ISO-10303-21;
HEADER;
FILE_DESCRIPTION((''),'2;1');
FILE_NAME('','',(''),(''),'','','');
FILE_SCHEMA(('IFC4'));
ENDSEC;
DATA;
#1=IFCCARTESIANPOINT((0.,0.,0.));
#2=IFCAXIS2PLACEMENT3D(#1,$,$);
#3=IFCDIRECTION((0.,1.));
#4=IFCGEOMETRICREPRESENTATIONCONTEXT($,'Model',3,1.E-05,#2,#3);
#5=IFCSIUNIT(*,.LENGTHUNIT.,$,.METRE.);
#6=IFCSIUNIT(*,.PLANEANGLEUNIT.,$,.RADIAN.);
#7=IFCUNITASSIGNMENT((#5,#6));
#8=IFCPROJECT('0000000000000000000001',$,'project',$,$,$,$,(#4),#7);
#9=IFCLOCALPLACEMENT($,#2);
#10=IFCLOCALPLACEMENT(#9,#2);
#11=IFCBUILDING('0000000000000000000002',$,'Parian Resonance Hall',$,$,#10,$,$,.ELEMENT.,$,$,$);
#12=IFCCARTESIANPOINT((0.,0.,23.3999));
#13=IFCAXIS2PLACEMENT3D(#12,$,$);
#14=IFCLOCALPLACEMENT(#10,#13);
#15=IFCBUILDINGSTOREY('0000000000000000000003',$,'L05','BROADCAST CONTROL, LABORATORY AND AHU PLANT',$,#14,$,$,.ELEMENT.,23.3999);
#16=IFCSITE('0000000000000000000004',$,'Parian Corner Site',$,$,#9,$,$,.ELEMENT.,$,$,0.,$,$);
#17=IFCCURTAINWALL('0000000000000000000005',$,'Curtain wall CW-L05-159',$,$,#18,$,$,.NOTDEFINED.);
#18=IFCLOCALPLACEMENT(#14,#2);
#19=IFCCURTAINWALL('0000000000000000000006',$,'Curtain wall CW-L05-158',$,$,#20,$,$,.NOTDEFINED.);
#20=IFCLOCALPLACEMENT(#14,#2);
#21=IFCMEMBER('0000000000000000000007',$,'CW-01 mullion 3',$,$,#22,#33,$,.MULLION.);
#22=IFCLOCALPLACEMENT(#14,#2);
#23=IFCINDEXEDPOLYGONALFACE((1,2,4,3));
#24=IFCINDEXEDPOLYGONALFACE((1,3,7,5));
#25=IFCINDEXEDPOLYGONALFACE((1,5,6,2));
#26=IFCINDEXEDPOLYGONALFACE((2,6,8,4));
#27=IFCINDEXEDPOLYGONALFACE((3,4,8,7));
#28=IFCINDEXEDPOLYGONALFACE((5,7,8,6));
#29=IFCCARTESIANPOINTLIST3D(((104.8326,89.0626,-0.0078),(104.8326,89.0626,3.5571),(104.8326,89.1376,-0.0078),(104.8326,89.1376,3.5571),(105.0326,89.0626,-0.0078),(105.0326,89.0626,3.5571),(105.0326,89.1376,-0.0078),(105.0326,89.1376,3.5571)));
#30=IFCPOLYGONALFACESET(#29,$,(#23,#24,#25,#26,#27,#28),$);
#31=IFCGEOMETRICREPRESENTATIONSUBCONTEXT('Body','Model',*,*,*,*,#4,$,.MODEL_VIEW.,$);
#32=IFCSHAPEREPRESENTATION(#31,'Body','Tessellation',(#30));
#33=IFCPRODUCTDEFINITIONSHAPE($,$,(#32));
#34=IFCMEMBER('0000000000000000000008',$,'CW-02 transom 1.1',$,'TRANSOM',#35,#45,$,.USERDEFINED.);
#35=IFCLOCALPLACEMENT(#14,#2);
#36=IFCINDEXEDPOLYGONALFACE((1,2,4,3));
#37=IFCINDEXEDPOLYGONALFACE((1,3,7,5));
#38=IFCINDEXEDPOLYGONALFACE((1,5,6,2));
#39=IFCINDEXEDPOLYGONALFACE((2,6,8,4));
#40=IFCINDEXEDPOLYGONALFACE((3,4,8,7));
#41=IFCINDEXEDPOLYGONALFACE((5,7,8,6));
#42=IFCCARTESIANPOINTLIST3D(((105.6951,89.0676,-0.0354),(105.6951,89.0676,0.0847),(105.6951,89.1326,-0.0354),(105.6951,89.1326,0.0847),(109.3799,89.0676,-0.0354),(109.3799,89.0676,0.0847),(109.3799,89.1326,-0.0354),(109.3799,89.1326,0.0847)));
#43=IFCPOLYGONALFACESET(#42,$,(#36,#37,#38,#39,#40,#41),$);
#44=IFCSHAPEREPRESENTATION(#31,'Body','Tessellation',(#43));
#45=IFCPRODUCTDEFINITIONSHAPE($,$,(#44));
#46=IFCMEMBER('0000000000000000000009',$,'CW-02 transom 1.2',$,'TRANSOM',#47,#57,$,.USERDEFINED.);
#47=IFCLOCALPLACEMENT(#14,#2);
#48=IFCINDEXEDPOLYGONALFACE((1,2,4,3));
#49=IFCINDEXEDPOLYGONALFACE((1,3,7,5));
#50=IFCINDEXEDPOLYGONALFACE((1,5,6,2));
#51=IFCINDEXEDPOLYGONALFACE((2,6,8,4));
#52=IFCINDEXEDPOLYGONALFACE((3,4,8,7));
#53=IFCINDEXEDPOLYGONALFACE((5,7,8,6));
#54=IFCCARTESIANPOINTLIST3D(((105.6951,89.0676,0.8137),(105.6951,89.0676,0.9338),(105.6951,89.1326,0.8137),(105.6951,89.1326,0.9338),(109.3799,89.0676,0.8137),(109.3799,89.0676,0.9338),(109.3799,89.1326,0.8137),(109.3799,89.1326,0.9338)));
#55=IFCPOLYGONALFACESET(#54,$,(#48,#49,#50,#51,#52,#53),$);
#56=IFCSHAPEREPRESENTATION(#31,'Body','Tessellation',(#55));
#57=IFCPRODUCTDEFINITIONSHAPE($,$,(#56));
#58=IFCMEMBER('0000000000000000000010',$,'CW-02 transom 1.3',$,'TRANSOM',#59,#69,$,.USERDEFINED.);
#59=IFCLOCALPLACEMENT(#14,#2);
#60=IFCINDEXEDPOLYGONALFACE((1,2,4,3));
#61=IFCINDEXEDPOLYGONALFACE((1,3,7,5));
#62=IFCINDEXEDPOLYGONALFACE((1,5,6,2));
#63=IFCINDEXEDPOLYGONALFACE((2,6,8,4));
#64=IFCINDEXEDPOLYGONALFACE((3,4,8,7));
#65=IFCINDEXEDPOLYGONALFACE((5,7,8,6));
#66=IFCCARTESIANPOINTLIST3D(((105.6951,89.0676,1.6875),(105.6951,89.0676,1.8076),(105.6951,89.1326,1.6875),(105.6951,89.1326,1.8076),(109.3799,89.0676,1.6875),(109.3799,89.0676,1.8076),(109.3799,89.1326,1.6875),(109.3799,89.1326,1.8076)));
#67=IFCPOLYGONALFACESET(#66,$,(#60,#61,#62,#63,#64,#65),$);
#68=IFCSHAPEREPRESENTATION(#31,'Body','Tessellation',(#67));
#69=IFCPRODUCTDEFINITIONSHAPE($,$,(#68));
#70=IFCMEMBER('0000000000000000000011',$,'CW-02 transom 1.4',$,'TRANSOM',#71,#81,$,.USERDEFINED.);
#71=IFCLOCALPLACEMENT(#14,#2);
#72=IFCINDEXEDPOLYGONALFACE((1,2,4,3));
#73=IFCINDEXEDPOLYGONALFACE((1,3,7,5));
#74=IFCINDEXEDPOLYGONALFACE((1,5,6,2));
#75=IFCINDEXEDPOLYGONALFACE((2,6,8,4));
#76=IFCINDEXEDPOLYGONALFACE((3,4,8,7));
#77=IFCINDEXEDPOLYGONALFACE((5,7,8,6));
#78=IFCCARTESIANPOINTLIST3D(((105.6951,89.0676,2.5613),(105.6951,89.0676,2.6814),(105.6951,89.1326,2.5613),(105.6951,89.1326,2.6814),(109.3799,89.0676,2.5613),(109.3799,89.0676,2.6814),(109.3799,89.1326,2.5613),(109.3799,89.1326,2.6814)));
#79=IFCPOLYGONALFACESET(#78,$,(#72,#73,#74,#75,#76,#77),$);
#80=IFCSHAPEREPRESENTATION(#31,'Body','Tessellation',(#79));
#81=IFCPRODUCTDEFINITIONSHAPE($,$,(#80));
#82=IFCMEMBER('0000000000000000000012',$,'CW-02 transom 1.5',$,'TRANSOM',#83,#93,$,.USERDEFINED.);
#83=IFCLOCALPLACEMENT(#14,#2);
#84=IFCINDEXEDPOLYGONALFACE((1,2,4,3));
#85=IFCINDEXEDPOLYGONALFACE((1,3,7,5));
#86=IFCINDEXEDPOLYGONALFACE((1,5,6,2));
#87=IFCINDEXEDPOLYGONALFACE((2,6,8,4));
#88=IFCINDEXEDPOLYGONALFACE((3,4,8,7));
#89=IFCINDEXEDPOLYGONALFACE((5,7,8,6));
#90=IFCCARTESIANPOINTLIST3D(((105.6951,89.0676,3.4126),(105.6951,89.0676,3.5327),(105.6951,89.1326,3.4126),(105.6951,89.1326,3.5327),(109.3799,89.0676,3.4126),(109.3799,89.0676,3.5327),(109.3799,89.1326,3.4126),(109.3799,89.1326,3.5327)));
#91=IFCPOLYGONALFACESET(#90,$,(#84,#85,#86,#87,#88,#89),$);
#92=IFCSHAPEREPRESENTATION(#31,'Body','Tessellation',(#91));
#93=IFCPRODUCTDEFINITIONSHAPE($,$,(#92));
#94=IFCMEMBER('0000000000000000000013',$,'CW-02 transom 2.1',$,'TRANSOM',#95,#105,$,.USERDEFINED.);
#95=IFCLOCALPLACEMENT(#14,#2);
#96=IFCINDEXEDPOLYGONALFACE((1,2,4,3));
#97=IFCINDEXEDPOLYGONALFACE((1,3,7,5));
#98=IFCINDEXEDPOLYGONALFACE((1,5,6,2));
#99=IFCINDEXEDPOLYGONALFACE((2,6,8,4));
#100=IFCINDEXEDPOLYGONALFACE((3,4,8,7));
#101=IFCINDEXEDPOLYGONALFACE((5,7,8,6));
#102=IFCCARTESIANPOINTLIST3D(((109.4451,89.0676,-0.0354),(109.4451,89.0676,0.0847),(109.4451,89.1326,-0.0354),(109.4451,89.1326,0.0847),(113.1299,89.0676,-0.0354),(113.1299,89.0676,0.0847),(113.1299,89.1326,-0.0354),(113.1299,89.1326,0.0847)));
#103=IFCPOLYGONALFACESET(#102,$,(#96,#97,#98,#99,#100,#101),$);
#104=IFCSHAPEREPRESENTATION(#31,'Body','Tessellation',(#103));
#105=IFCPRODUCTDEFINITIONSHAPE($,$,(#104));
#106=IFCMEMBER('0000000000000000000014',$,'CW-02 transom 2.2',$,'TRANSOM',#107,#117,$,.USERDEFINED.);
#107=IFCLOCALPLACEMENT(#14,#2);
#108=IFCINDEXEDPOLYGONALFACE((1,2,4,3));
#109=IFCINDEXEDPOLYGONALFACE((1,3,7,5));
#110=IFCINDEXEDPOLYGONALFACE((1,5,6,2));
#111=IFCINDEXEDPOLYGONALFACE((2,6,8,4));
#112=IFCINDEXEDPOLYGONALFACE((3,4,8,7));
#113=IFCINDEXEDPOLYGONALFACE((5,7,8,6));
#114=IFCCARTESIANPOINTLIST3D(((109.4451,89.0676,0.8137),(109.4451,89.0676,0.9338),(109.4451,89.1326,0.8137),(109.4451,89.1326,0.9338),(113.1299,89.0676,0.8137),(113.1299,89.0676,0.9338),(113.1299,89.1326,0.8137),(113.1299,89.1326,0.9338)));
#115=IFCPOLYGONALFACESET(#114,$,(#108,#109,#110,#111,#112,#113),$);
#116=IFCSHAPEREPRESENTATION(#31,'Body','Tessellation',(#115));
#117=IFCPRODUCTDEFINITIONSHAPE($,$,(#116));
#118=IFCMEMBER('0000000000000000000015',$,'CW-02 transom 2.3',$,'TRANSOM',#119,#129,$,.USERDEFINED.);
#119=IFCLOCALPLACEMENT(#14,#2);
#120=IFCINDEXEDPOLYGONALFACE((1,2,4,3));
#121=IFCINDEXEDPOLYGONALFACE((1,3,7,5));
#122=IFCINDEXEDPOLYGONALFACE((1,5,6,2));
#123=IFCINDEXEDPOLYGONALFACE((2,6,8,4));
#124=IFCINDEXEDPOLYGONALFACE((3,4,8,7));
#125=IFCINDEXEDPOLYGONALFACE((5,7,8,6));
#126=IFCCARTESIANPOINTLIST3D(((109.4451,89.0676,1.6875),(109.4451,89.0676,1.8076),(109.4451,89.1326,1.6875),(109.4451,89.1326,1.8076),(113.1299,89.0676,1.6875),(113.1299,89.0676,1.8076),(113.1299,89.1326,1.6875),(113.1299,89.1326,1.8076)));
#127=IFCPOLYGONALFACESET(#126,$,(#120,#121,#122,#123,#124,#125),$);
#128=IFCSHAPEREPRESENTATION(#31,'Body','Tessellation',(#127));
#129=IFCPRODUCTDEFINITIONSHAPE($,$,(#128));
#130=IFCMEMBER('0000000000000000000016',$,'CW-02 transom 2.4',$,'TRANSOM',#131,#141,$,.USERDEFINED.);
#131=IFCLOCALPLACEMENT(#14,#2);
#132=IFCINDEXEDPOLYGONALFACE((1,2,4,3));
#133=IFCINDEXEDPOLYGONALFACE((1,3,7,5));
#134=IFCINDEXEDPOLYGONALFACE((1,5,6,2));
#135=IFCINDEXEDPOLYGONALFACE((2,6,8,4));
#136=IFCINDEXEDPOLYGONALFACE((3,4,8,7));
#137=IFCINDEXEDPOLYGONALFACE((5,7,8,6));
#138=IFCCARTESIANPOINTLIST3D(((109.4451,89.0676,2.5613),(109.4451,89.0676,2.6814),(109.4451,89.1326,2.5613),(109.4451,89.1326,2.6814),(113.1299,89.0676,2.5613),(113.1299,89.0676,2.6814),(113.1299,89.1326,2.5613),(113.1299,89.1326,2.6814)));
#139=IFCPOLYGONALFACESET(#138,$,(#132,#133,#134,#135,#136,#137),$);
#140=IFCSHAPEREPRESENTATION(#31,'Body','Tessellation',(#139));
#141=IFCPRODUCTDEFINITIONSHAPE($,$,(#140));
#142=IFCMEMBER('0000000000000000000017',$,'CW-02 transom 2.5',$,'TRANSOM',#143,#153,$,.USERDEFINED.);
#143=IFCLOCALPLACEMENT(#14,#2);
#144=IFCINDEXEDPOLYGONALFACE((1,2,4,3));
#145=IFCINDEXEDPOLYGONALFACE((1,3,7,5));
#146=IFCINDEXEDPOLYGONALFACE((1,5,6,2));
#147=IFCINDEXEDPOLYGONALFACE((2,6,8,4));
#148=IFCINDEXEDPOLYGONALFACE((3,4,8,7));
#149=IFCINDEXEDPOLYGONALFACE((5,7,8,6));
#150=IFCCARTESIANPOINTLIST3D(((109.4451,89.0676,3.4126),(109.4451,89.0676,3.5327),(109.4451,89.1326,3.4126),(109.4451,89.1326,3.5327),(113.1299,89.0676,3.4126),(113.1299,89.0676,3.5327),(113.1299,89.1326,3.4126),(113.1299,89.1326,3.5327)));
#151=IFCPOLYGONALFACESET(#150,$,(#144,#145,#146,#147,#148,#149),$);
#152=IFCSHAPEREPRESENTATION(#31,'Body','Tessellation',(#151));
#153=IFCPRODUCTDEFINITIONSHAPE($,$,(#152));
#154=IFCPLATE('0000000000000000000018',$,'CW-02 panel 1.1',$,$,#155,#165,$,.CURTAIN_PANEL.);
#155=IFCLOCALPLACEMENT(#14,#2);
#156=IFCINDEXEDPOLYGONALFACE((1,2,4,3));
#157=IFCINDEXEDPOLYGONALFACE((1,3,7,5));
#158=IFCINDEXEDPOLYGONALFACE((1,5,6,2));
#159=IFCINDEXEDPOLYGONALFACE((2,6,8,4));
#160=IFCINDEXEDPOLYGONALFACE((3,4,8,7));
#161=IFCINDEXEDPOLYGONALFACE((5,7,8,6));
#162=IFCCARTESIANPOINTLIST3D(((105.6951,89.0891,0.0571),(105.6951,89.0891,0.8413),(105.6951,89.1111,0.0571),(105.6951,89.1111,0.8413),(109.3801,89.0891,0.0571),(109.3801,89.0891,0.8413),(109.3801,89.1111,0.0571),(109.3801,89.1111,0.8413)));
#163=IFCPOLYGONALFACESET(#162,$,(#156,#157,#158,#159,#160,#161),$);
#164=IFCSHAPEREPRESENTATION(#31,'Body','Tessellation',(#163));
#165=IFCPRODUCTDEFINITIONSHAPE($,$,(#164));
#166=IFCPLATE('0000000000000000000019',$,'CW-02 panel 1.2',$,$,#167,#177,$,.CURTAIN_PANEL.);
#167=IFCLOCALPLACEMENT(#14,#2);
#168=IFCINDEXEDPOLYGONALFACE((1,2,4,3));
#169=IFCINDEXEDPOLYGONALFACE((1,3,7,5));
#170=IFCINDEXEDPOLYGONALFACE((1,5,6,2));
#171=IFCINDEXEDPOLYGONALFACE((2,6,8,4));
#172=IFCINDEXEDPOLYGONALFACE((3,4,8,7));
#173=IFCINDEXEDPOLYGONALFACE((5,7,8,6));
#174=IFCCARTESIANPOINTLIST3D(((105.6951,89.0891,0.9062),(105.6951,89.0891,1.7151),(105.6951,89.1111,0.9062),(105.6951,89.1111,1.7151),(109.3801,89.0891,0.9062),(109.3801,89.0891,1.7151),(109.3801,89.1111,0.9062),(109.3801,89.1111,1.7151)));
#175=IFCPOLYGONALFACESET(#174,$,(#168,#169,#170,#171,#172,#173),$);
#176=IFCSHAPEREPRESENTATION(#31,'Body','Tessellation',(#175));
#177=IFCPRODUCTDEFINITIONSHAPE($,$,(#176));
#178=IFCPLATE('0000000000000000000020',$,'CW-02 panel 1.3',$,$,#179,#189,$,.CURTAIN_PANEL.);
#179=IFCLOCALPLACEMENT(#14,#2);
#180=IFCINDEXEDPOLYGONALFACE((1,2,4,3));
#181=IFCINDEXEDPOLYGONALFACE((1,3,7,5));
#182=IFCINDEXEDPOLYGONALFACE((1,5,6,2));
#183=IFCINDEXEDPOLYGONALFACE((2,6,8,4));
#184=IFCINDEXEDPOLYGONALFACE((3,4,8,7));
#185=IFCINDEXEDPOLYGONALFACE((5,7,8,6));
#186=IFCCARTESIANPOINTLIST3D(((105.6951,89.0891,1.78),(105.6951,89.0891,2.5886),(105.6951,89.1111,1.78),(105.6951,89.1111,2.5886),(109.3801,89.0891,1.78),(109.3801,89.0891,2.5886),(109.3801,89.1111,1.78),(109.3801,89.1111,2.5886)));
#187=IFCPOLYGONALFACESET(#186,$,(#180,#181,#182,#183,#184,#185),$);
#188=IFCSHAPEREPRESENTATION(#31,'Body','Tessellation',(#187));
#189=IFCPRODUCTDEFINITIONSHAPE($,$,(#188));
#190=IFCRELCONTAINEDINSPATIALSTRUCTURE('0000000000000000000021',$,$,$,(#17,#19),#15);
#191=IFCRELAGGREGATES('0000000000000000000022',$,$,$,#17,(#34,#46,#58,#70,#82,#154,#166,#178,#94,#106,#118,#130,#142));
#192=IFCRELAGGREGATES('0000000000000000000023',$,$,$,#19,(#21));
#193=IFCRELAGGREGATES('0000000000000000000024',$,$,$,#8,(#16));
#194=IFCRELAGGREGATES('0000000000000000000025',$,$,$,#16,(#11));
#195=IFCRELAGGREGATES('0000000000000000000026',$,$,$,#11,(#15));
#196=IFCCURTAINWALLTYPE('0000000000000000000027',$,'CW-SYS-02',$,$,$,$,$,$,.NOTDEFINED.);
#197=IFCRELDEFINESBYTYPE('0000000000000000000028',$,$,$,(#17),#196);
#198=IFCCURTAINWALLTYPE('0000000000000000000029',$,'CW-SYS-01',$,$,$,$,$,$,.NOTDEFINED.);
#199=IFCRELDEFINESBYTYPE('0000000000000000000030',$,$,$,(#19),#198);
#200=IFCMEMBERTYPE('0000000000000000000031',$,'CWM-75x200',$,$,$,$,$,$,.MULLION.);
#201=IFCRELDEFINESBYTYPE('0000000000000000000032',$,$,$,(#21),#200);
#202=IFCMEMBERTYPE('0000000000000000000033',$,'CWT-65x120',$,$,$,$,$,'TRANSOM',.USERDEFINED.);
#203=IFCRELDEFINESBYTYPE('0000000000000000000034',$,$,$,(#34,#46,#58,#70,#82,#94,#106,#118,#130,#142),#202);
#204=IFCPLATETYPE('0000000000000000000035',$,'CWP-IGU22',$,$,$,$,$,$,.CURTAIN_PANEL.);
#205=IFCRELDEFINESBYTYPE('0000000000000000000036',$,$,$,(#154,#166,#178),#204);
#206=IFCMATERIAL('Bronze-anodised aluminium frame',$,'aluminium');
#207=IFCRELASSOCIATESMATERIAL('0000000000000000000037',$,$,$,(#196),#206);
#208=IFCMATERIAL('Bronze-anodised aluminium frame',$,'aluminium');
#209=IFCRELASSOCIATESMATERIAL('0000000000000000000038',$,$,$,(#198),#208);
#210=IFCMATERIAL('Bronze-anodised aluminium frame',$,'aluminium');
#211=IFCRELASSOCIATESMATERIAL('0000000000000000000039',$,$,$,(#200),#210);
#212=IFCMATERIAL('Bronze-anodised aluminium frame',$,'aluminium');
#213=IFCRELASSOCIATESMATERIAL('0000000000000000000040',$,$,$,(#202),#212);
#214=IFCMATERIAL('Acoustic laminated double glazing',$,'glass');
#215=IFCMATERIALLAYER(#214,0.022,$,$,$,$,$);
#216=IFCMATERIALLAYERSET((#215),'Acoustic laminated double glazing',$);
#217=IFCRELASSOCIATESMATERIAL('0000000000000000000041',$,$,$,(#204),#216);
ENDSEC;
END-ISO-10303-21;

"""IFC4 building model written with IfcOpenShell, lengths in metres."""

from ifc_helpers import new_model, si_unit, direction, frame, origin, origin_2d, place, context, subcontext, project, spatial, rectangle, extrude, material, layer, layer_set, material_profile, profile_set, type_object, element, aggregate, save


model = new_model("IFC4")

# Units and contexts
model_context = context("Model", 3, precision=1e-05, world=origin(), true_north=direction((0.0, 1.0)))
body_context = subcontext(model_context, "Body", "Model", "MODEL_VIEW")
ifc_project = project(units=[si_unit("LENGTHUNIT", "METRE"), si_unit("PLANEANGLEUNIT", "RADIAN")], contexts=[model_context])

# Site, building, storey
site_placement = place(None, origin())
site = spatial("IfcSite", under=ifc_project, at=site_placement, Name="Parian Corner Site", CompositionType="ELEMENT", RefElevation=0.0)
building_placement = place(site_placement, origin())
building = spatial("IfcBuilding", under=site, at=building_placement, Name="Parian Resonance Hall", CompositionType="ELEMENT")
storey_placement = place(building_placement, frame((0.0, 0.0, 23.3999)))
storey = spatial("IfcBuildingStorey", under=building, at=storey_placement, Name="L05", Description="BROADCAST CONTROL, LABORATORY AND AHU PLANT", CompositionType="ELEMENT", Elevation=23.3999)

# Curtain wall
ifc_material_1 = material(Name="Bronze-anodised aluminium frame", Category="aluminium")
curtain_wall_type_1 = type_object("IfcCurtainWallType", Name="CW-SYS-02", PredefinedType="NOTDEFINED", material=ifc_material_1)
curtain_wall_1_placement = place(storey_placement, origin())
curtain_wall_1 = element("IfcCurtainWall", 1, at=curtain_wall_1_placement, inside=storey, type_object=curtain_wall_type_1, Name="Curtain wall CW-L05-159", PredefinedType="NOTDEFINED")

# Curtain wall, member
ifc_material_2 = material(Name="Bronze-anodised aluminium frame", Category="aluminium")
curtain_wall_type_2 = type_object("IfcCurtainWallType", Name="CW-SYS-01", PredefinedType="NOTDEFINED", material=ifc_material_2)
curtain_wall_2_placement = place(storey_placement, origin())
curtain_wall_2 = element("IfcCurtainWall", 2, at=curtain_wall_2_placement, inside=storey, type_object=curtain_wall_type_2, Name="Curtain wall CW-L05-158", PredefinedType="NOTDEFINED")
ifc_material_3 = material(Name="Bronze-anodised aluminium frame", Category="aluminium")
ifc_material_profile_1 = material_profile(ifc_material_3, rectangle(XDim=0.075, YDim=0.2, at=origin_2d()), Name="CWM-75x200")
ifc_profile_set_1 = profile_set([ifc_material_profile_1], Name="Bronze-anodised aluminium frame")
member_type_1 = type_object("IfcMemberType", Name="CWM-75x200", PredefinedType="MULLION", material=ifc_profile_set_1)
member_1_placement = place(storey_placement, frame((104.9326, 89.1001, -0.0078), z_axis=(0.0, 0.0, 1.0), x_axis=(0.0, 1.0, 0.0)))
member_1 = element("IfcMember", 3, at=member_1_placement, type_object=member_type_1, Name="CW-01 mullion 3", PredefinedType="MULLION", context=body_context, shape_type="SweptSolid", body=[
    extrude(rectangle(XDim=0.075, YDim=0.2, at=origin_2d()), origin(), (0.0, 0.0, 1.0), 3.5649),
])

# Members
ifc_material_4 = material(Name="Bronze-anodised aluminium frame", Category="aluminium")
ifc_material_profile_2 = material_profile(ifc_material_4, rectangle(XDim=0.0649, YDim=0.1201, at=origin_2d()), Name="CWT-65x120")
ifc_profile_set_2 = profile_set([ifc_material_profile_2], Name="Bronze-anodised aluminium frame")
member_type_2 = type_object("IfcMemberType", Name="CWT-65x120", ElementType="TRANSOM", PredefinedType="USERDEFINED", material=ifc_profile_set_2)
member_2_placement = place(storey_placement, frame((105.6951, 89.1001, 0.0247), z_axis=(1.0, 0.0, 0.0), x_axis=(0.0, 1.0, 0.0)))
member_2 = element("IfcMember", 4, at=member_2_placement, type_object=member_type_2, Name="CW-02 transom 1.1", ObjectType="TRANSOM", PredefinedType="USERDEFINED", context=body_context, shape_type="SweptSolid", body=[
    extrude(rectangle(XDim=0.0649, YDim=0.1201, at=origin_2d()), origin(), (0.0, 0.0, 1.0), 3.6848),
])
member_3_placement = place(storey_placement, frame((105.6951, 89.1001, 0.8738), z_axis=(1.0, 0.0, 0.0), x_axis=(0.0, 1.0, 0.0)))
member_3 = element("IfcMember", 5, at=member_3_placement, type_object=member_type_2, Name="CW-02 transom 1.2", ObjectType="TRANSOM", PredefinedType="USERDEFINED", context=body_context, shape_type="SweptSolid", body=[
    extrude(rectangle(XDim=0.0649, YDim=0.1201, at=origin_2d()), origin(), (0.0, 0.0, 1.0), 3.6848),
])
member_4_placement = place(storey_placement, frame((105.6951, 89.1001, 1.7476), z_axis=(1.0, 0.0, 0.0), x_axis=(0.0, 1.0, 0.0)))
member_4 = element("IfcMember", 6, at=member_4_placement, type_object=member_type_2, Name="CW-02 transom 1.3", ObjectType="TRANSOM", PredefinedType="USERDEFINED", context=body_context, shape_type="SweptSolid", body=[
    extrude(rectangle(XDim=0.0649, YDim=0.1201, at=origin_2d()), origin(), (0.0, 0.0, 1.0), 3.6848),
])
member_5_placement = place(storey_placement, frame((105.6951, 89.1001, 2.6213), z_axis=(1.0, 0.0, 0.0), x_axis=(0.0, 1.0, 0.0)))
member_5 = element("IfcMember", 7, at=member_5_placement, type_object=member_type_2, Name="CW-02 transom 1.4", ObjectType="TRANSOM", PredefinedType="USERDEFINED", context=body_context, shape_type="SweptSolid", body=[
    extrude(rectangle(XDim=0.0649, YDim=0.1201, at=origin_2d()), origin(), (0.0, 0.0, 1.0), 3.6848),
])
member_6_placement = place(storey_placement, frame((105.6951, 89.1001, 3.4727), z_axis=(1.0, 0.0, 0.0), x_axis=(0.0, 1.0, 0.0)))
member_6 = element("IfcMember", 8, at=member_6_placement, type_object=member_type_2, Name="CW-02 transom 1.5", ObjectType="TRANSOM", PredefinedType="USERDEFINED", context=body_context, shape_type="SweptSolid", body=[
    extrude(rectangle(XDim=0.0649, YDim=0.1201, at=origin_2d()), origin(), (0.0, 0.0, 1.0), 3.6848),
])
member_7_placement = place(storey_placement, frame((109.4451, 89.1001, 0.0247), z_axis=(1.0, 0.0, 0.0), x_axis=(0.0, 1.0, 0.0)))
member_7 = element("IfcMember", 9, at=member_7_placement, type_object=member_type_2, Name="CW-02 transom 2.1", ObjectType="TRANSOM", PredefinedType="USERDEFINED", context=body_context, shape_type="SweptSolid", body=[
    extrude(rectangle(XDim=0.0649, YDim=0.1201, at=origin_2d()), origin(), (0.0, 0.0, 1.0), 3.6848),
])
member_8_placement = place(storey_placement, frame((109.4451, 89.1001, 0.8738), z_axis=(1.0, 0.0, 0.0), x_axis=(0.0, 1.0, 0.0)))
member_8 = element("IfcMember", 10, at=member_8_placement, type_object=member_type_2, Name="CW-02 transom 2.2", ObjectType="TRANSOM", PredefinedType="USERDEFINED", context=body_context, shape_type="SweptSolid", body=[
    extrude(rectangle(XDim=0.0649, YDim=0.1201, at=origin_2d()), origin(), (0.0, 0.0, 1.0), 3.6848),
])
member_9_placement = place(storey_placement, frame((109.4451, 89.1001, 1.7476), z_axis=(1.0, 0.0, 0.0), x_axis=(0.0, 1.0, 0.0)))
member_9 = element("IfcMember", 11, at=member_9_placement, type_object=member_type_2, Name="CW-02 transom 2.3", ObjectType="TRANSOM", PredefinedType="USERDEFINED", context=body_context, shape_type="SweptSolid", body=[
    extrude(rectangle(XDim=0.0649, YDim=0.1201, at=origin_2d()), origin(), (0.0, 0.0, 1.0), 3.6848),
])
member_10_placement = place(storey_placement, frame((109.4451, 89.1001, 2.6213), z_axis=(1.0, 0.0, 0.0), x_axis=(0.0, 1.0, 0.0)))
member_10 = element("IfcMember", 12, at=member_10_placement, type_object=member_type_2, Name="CW-02 transom 2.4", ObjectType="TRANSOM", PredefinedType="USERDEFINED", context=body_context, shape_type="SweptSolid", body=[
    extrude(rectangle(XDim=0.0649, YDim=0.1201, at=origin_2d()), origin(), (0.0, 0.0, 1.0), 3.6848),
])
member_11_placement = place(storey_placement, frame((109.4451, 89.1001, 3.4727), z_axis=(1.0, 0.0, 0.0), x_axis=(0.0, 1.0, 0.0)))
member_11 = element("IfcMember", 13, at=member_11_placement, type_object=member_type_2, Name="CW-02 transom 2.5", ObjectType="TRANSOM", PredefinedType="USERDEFINED", context=body_context, shape_type="SweptSolid", body=[
    extrude(rectangle(XDim=0.0649, YDim=0.1201, at=origin_2d()), origin(), (0.0, 0.0, 1.0), 3.6848),
])

# Plates
ifc_material_5 = material(Name="Acoustic laminated double glazing", Category="glass")
ifc_layer_1 = layer(ifc_material_5, 0.022)
ifc_layer_set_1 = layer_set([ifc_layer_1], Name="Acoustic laminated double glazing")
plate_type_1 = type_object("IfcPlateType", Name="CWP-IGU22", PredefinedType="CURTAIN_PANEL", material=ifc_layer_set_1)
plate_1_placement = place(storey_placement, frame((107.5376, 89.1001, 0.0571), z_axis=(0.0, 0.0, 1.0), x_axis=(1.0, 0.0, 0.0)))
plate_1 = element("IfcPlate", 14, at=plate_1_placement, type_object=plate_type_1, Name="CW-02 panel 1.1", PredefinedType="CURTAIN_PANEL", context=body_context, shape_type="SweptSolid", body=[
    extrude(rectangle(XDim=3.6851, YDim=0.022, at=origin_2d()), origin(), (0.0, 0.0, 1.0), 0.7842),
])
plate_2_placement = place(storey_placement, frame((107.5376, 89.1001, 0.9062), z_axis=(0.0, 0.0, 1.0), x_axis=(1.0, 0.0, 0.0)))
plate_2 = element("IfcPlate", 15, at=plate_2_placement, type_object=plate_type_1, Name="CW-02 panel 1.2", PredefinedType="CURTAIN_PANEL", context=body_context, shape_type="SweptSolid", body=[
    extrude(rectangle(XDim=3.6851, YDim=0.022, at=origin_2d()), origin(), (0.0, 0.0, 1.0), 0.8088),
])
plate_3_placement = place(storey_placement, frame((107.5376, 89.1001, 1.78), z_axis=(0.0, 0.0, 1.0), x_axis=(1.0, 0.0, 0.0)))
plate_3 = element("IfcPlate", 16, at=plate_3_placement, type_object=plate_type_1, Name="CW-02 panel 1.3", PredefinedType="CURTAIN_PANEL", context=body_context, shape_type="SweptSolid", body=[
    extrude(rectangle(XDim=3.6851, YDim=0.022, at=origin_2d()), origin(), (0.0, 0.0, 1.0), 0.8086),
])
aggregate(curtain_wall_1, [member_2, member_3, member_4, member_5, member_6, plate_1, plate_2, plate_3, member_7, member_8, member_9, member_10, member_11])
aggregate(curtain_wall_2, [member_1])

save(model, "model.ifc")
